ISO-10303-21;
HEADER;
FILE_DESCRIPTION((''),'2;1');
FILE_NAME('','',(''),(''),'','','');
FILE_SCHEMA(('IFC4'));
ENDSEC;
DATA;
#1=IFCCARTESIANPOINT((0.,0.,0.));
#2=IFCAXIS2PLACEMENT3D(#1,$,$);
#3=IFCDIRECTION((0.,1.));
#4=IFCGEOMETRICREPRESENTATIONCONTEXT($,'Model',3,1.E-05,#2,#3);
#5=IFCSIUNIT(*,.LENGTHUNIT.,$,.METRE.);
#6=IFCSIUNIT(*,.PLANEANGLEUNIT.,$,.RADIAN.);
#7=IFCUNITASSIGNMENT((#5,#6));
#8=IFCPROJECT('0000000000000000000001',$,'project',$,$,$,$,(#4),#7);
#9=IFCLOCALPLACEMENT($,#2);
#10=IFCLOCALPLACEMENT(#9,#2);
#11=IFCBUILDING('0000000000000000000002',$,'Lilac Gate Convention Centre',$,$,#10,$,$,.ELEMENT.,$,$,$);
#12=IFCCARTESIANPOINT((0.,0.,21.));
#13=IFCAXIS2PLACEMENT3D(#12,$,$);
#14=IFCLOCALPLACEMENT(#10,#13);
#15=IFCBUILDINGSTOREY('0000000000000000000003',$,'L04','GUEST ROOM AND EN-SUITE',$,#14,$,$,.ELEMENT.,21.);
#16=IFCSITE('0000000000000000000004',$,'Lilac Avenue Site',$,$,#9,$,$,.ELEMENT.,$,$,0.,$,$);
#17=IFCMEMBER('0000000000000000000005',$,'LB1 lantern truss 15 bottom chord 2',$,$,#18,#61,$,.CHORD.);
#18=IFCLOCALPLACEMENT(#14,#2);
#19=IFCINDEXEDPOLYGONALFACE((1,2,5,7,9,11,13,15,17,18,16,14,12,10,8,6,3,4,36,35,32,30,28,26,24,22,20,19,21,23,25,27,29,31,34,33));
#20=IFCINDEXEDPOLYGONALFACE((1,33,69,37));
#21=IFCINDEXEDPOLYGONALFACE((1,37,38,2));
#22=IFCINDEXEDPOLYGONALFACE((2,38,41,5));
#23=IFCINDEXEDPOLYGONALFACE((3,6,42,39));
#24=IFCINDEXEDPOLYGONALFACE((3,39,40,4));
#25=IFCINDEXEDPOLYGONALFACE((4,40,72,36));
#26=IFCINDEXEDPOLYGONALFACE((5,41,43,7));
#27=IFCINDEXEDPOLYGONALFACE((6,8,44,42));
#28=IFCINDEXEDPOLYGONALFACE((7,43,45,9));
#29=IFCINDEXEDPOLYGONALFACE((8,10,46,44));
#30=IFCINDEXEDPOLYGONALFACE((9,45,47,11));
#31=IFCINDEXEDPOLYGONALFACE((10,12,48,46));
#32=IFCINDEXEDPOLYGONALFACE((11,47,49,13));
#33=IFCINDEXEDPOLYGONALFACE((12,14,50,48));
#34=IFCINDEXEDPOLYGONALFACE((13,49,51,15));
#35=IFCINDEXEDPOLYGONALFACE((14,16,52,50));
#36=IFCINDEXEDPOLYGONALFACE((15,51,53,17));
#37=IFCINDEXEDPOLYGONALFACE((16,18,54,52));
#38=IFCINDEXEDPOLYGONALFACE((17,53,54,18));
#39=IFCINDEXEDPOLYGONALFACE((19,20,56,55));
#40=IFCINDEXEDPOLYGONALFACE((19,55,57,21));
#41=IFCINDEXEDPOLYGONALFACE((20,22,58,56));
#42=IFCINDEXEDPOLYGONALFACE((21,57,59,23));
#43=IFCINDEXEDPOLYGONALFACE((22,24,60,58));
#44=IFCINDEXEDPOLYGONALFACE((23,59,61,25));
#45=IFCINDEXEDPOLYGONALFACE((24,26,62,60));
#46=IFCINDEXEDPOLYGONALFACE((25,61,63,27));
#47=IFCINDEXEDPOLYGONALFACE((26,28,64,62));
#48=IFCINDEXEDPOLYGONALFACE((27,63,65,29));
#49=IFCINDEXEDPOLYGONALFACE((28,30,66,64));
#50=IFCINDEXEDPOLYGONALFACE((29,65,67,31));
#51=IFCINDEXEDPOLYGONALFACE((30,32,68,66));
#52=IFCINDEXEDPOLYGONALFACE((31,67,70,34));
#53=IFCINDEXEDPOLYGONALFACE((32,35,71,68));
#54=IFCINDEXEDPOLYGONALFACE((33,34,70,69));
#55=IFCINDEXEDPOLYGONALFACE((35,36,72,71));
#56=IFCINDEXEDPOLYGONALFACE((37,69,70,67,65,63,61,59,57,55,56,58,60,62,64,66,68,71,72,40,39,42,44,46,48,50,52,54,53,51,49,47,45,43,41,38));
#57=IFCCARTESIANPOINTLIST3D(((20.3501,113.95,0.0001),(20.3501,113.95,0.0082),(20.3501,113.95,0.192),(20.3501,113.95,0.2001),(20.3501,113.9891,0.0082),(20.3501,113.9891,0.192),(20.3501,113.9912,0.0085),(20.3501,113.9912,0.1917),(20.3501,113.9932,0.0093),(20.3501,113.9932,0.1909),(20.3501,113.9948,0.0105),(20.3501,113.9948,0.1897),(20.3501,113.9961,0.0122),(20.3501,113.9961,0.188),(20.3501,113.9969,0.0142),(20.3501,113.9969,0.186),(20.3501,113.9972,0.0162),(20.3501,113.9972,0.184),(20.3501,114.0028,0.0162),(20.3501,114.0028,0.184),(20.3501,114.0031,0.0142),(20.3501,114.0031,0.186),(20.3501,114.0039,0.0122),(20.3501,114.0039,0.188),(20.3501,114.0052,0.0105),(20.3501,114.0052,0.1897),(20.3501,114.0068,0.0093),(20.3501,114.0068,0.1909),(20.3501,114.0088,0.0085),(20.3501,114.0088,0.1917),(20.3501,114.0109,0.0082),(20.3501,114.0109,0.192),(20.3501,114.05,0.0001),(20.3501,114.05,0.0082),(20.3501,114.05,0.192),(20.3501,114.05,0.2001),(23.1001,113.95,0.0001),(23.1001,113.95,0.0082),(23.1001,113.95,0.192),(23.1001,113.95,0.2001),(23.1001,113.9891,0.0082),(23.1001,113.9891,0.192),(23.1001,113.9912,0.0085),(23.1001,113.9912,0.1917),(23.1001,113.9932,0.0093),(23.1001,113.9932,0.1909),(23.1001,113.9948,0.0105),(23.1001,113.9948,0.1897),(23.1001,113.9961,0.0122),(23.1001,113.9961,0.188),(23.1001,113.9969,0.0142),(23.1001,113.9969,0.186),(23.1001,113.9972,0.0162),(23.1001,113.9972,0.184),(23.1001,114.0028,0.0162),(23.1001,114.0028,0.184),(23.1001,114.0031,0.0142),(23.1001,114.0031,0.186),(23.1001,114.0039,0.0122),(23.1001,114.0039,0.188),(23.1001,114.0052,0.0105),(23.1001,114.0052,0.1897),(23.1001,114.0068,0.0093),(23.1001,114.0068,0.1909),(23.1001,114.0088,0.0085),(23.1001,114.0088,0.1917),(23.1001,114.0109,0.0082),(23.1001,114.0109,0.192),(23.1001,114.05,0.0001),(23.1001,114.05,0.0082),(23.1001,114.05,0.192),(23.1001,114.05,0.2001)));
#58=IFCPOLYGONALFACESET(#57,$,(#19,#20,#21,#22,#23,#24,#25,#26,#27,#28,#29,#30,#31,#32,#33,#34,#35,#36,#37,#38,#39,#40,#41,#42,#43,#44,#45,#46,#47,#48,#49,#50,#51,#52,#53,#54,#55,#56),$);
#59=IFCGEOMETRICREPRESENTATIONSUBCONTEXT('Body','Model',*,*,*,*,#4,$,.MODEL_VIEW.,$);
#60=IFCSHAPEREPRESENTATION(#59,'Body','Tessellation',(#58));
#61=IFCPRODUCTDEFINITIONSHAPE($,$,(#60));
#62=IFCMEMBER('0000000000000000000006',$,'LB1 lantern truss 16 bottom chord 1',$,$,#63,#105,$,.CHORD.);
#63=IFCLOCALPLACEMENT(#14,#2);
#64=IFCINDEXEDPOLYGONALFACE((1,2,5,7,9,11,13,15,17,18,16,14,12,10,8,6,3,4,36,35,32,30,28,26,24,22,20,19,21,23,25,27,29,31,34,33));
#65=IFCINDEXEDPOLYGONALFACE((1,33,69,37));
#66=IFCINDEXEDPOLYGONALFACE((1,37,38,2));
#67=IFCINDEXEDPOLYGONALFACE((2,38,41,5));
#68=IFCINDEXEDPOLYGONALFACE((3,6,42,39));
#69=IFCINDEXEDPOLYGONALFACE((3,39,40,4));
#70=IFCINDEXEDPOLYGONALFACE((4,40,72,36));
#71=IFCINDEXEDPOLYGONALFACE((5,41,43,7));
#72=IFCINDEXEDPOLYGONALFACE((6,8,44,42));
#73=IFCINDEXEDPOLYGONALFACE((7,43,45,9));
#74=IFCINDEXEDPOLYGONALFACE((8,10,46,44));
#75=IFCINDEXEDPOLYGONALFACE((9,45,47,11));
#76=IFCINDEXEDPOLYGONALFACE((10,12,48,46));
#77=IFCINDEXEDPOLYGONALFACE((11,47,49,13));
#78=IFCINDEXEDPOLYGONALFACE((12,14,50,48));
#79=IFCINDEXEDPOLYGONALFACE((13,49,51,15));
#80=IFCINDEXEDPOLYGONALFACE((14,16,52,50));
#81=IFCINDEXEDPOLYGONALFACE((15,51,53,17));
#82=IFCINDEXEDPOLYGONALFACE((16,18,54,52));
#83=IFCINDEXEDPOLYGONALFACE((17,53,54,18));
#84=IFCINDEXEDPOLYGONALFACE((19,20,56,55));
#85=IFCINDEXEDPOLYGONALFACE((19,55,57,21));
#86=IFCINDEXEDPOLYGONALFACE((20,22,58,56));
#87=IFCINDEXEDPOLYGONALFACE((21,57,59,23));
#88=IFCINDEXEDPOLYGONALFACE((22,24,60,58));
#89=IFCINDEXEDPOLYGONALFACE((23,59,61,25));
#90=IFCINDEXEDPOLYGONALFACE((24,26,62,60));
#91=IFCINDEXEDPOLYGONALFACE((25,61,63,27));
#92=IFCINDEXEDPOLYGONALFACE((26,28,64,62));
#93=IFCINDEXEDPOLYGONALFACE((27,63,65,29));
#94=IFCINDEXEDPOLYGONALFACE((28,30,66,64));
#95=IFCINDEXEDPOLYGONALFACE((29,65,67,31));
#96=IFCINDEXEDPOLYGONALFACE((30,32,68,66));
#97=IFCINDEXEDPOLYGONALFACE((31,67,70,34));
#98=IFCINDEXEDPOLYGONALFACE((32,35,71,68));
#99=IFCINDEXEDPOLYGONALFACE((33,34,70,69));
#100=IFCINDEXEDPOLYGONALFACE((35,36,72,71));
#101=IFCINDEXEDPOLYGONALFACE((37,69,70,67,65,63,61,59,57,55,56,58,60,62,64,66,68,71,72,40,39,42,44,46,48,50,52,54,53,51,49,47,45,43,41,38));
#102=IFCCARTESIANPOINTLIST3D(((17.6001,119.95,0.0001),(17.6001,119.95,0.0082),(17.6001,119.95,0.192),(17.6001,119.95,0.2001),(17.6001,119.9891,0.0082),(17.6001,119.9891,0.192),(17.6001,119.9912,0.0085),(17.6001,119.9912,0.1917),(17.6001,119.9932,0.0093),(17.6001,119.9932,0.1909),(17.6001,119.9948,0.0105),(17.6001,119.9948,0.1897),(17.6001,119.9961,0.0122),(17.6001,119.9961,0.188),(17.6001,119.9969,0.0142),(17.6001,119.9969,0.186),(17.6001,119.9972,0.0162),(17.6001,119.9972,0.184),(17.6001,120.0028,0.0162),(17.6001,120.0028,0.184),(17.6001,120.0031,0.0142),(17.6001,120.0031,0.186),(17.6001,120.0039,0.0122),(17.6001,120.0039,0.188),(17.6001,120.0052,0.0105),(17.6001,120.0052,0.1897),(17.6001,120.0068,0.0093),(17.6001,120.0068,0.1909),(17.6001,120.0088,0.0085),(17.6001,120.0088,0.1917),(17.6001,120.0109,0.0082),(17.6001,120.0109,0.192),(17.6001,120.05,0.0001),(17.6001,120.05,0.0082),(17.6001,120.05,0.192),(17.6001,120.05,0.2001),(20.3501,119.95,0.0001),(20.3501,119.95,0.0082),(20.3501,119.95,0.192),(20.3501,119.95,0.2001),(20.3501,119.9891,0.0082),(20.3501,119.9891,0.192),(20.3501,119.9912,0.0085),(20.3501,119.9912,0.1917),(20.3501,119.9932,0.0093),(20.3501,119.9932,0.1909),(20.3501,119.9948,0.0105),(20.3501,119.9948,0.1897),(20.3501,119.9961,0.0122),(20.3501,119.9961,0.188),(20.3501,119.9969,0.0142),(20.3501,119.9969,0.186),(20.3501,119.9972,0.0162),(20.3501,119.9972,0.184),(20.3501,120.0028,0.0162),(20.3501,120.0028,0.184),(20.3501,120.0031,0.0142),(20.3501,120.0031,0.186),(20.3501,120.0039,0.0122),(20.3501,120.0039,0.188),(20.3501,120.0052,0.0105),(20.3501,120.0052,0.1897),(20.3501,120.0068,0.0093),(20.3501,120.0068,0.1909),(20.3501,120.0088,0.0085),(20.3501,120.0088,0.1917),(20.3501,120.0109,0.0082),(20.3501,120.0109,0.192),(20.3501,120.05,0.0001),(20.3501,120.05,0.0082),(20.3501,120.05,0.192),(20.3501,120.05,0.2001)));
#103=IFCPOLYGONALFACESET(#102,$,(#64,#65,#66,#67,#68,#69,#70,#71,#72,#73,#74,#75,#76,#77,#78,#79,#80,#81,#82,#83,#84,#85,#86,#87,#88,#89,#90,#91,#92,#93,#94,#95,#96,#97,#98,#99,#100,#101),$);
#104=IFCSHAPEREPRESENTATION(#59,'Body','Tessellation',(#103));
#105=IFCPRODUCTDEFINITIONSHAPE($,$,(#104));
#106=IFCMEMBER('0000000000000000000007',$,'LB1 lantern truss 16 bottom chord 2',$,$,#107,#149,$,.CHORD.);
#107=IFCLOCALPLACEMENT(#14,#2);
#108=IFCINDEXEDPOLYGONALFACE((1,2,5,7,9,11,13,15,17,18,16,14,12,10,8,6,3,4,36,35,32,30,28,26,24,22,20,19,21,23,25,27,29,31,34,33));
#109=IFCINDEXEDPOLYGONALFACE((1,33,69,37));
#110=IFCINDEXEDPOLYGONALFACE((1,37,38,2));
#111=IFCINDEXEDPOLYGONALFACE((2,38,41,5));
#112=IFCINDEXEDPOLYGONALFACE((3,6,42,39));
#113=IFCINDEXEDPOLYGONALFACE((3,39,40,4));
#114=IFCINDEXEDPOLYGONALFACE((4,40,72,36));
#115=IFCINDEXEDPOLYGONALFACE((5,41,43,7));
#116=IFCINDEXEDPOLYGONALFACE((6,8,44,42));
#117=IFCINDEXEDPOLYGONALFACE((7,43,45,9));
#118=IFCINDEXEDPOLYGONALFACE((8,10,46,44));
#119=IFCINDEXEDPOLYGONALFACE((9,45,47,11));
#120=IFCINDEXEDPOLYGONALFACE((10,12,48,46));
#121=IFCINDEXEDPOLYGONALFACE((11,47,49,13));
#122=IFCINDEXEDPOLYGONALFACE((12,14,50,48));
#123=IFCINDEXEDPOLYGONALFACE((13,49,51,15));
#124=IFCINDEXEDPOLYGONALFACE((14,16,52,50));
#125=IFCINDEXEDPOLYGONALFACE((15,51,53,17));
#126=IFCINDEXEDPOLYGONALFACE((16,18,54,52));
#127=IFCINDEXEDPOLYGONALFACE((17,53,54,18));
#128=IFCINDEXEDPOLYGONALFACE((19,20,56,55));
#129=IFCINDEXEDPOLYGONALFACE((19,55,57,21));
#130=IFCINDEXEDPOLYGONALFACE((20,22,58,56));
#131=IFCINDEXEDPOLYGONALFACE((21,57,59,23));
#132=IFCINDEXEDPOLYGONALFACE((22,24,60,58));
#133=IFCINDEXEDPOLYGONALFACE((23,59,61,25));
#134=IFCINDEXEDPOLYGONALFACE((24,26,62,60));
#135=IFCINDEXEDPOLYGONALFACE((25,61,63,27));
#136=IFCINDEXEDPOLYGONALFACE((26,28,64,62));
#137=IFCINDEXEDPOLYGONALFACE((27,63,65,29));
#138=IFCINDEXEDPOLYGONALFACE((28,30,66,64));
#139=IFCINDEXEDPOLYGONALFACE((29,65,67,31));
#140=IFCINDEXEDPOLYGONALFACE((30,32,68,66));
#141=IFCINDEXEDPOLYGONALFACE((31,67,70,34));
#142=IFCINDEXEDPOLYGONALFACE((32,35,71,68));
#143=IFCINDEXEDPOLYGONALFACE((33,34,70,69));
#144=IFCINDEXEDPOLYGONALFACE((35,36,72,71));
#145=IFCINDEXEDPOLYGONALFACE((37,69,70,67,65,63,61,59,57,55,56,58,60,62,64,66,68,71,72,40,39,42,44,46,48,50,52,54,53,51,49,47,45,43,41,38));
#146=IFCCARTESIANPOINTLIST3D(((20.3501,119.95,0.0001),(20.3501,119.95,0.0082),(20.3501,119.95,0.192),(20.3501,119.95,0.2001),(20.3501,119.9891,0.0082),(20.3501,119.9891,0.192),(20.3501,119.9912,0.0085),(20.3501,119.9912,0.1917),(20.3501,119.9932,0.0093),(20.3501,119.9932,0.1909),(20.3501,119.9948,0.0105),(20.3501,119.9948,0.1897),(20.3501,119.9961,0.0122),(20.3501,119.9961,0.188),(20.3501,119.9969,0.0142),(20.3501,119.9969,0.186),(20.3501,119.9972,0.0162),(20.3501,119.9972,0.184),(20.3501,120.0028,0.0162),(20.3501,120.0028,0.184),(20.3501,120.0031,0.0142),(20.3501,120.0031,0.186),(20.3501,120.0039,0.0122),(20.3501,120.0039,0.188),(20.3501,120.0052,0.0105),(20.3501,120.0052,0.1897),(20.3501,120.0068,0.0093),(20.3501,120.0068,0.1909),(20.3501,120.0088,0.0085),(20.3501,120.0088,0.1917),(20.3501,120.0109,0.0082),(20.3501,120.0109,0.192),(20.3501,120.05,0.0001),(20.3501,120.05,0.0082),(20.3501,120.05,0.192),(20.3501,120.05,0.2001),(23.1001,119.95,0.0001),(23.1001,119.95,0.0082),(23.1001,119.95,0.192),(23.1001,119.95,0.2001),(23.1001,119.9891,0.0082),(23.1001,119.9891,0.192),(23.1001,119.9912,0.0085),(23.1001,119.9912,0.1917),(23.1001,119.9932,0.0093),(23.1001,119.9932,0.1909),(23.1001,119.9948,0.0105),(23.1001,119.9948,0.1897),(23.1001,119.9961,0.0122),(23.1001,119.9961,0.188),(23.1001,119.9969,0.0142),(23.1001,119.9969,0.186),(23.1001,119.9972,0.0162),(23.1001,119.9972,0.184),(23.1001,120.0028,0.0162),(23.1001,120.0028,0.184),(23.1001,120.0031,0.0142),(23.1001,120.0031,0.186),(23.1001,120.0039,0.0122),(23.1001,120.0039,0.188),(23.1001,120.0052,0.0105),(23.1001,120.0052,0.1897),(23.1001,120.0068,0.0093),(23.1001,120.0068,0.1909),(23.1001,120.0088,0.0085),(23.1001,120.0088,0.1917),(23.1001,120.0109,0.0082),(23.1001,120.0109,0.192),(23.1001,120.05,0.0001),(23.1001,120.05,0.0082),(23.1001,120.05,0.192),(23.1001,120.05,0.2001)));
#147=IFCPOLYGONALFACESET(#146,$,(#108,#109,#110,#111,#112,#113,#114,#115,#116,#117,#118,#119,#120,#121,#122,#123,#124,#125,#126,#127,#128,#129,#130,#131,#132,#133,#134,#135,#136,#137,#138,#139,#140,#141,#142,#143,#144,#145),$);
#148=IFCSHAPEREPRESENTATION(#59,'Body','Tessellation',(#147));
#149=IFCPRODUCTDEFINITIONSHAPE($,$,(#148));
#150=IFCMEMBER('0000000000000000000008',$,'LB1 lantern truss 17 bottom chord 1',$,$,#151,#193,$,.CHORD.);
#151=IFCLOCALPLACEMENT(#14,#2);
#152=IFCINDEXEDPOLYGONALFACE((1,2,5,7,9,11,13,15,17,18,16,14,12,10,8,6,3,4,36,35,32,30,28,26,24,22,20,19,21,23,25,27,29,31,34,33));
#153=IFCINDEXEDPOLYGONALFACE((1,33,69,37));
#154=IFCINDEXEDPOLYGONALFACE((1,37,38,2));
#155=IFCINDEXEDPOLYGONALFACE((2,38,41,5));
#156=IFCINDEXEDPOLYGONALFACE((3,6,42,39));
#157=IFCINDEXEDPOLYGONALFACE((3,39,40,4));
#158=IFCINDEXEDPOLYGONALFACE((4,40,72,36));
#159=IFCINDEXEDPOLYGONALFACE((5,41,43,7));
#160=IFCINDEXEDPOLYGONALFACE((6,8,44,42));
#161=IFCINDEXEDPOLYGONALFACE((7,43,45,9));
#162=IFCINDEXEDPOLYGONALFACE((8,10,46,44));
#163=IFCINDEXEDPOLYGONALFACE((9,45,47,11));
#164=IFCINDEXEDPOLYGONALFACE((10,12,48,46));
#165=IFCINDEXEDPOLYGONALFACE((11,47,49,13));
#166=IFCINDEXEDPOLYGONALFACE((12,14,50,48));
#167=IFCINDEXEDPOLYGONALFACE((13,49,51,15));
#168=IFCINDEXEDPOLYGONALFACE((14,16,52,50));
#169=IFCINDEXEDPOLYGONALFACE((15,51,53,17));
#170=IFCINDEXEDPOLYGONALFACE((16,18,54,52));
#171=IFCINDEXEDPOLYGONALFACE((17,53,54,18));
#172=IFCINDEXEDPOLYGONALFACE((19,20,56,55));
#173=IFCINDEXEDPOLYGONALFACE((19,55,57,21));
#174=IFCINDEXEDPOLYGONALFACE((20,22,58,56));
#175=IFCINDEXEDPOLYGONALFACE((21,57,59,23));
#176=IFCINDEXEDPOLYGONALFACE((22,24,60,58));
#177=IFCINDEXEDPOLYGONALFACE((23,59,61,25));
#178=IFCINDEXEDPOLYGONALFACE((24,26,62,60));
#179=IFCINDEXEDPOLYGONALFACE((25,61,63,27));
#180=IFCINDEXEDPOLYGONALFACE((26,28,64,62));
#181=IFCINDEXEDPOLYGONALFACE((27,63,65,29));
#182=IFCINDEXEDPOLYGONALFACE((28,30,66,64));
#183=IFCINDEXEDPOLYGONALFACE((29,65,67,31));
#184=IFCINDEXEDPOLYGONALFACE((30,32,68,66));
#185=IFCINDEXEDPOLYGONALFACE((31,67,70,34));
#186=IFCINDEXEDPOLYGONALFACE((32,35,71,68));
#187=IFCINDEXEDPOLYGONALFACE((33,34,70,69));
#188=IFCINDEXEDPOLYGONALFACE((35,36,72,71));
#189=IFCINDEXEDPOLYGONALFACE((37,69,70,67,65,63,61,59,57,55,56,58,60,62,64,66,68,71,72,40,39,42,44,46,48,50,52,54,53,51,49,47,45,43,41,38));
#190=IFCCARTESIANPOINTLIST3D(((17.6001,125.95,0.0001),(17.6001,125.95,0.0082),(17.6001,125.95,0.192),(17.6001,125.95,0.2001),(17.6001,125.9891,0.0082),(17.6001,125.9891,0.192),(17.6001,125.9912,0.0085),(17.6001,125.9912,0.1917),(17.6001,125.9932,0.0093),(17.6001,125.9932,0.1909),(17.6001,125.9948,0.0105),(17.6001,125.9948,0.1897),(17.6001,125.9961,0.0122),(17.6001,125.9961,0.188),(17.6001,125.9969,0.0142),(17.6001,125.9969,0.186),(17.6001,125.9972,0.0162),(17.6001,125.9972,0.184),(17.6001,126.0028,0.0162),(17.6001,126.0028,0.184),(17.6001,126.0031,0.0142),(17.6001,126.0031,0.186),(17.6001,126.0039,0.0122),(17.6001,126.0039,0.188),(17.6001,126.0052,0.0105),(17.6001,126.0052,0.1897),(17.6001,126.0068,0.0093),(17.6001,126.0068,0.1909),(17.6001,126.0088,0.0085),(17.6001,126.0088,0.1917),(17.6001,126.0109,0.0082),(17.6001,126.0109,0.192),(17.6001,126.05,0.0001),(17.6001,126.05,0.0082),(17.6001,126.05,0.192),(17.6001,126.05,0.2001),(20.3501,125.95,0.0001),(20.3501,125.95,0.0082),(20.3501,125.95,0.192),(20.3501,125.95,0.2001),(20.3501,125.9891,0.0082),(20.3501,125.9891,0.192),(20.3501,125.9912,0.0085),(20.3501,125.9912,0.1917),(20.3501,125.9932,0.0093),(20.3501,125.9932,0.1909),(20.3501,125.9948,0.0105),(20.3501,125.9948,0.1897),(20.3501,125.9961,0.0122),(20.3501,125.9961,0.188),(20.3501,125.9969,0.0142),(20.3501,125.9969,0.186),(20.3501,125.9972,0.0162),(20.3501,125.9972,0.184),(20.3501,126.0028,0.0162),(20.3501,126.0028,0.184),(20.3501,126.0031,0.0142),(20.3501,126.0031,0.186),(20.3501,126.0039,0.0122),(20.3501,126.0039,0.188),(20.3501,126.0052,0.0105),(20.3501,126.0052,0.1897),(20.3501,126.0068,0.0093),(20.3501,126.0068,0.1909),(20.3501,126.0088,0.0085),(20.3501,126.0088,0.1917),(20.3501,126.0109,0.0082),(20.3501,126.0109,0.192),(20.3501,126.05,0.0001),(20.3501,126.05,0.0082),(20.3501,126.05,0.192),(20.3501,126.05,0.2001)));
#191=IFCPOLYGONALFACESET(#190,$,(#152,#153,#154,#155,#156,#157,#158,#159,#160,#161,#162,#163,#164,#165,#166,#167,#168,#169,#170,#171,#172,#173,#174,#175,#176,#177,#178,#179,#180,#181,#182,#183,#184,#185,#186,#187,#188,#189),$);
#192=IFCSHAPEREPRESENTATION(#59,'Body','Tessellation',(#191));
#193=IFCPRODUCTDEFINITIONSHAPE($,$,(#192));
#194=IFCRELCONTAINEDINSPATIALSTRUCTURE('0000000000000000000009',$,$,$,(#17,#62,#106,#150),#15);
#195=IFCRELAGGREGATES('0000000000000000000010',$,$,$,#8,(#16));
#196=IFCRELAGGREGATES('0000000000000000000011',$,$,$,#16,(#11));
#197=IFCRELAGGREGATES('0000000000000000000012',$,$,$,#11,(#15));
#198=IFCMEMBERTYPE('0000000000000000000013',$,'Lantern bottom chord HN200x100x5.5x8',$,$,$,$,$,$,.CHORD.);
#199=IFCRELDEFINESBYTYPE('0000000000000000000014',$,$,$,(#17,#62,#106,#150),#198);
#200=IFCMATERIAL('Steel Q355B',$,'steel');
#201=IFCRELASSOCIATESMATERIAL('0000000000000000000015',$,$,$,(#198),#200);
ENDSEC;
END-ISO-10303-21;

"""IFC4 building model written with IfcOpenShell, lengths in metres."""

from ifc_helpers import new_model, si_unit, direction, frame, origin, origin_2d, place, context, subcontext, project, spatial, i_section, extrude, material, material_profile, profile_set, type_object, element, save


model = new_model("IFC4")

# Units and contexts
model_context = context("Model", 3, precision=1e-05, world=origin(), true_north=direction((0.0, 1.0)))
body_context = subcontext(model_context, "Body", "Model", "MODEL_VIEW")
ifc_project = project(units=[si_unit("LENGTHUNIT", "METRE"), si_unit("PLANEANGLEUNIT", "RADIAN")], contexts=[model_context])

# Site, building, storey
site_placement = place(None, origin())
site = spatial("IfcSite", under=ifc_project, at=site_placement, Name="Lilac Avenue Site", CompositionType="ELEMENT", RefElevation=0.0)
building_placement = place(site_placement, origin())
building = spatial("IfcBuilding", under=site, at=building_placement, Name="Lilac Gate Convention Centre", CompositionType="ELEMENT")
storey_placement = place(building_placement, frame((0.0, 0.0, 21.0)))
storey = spatial("IfcBuildingStorey", under=building, at=storey_placement, Name="L04", Description="GUEST ROOM AND EN-SUITE", CompositionType="ELEMENT", Elevation=21.0)

# Members
ifc_material_1 = material(Name="Steel Q355B", Category="steel")
ifc_material_profile_1 = material_profile(ifc_material_1, i_section(OverallWidth=0.1001, OverallDepth=0.2, WebThickness=0.0056, FlangeThickness=0.0081, FilletRadius=0.0081, at=origin_2d()), Name="HN200x100x5.5x8")
ifc_profile_set_1 = profile_set([ifc_material_profile_1], Name="Steel Q355B")
member_type_1 = type_object("IfcMemberType", Name="Lantern bottom chord HN200x100x5.5x8", PredefinedType="CHORD", material=ifc_profile_set_1)
for number, where, z_axis, x_axis, name in (
    (1, (20.3501, 114.0, 0.1001), (1.0, 0.0, 0.0), (0.0, 1.0, 0.0), "LB1 lantern truss 15 bottom chord 2"),
    (2, (17.6001, 120.0, 0.1001), (1.0, 0.0, 0.0), (0.0, 1.0, 0.0), "LB1 lantern truss 16 bottom chord 1"),
    (3, (20.3501, 120.0, 0.1001), (1.0, 0.0, 0.0), (0.0, 1.0, 0.0), "LB1 lantern truss 16 bottom chord 2"),
    (4, (17.6001, 126.0, 0.1001), (1.0, 0.0, 0.0), (0.0, 1.0, 0.0), "LB1 lantern truss 17 bottom chord 1"),
):
    element("IfcMember", number, at=place(storey_placement, frame(where, z_axis=z_axis, x_axis=x_axis)), inside=storey, type_object=member_type_1, Name=name, PredefinedType="CHORD", context=body_context, shape_type="SweptSolid", body=[
        extrude(i_section(OverallWidth=0.1001, OverallDepth=0.2, WebThickness=0.0056, FlangeThickness=0.0081, FilletRadius=0.0081, at=origin_2d()), origin(), (0.0, 0.0, 1.0), 2.75),
    ])

save(model, "model.ifc")
